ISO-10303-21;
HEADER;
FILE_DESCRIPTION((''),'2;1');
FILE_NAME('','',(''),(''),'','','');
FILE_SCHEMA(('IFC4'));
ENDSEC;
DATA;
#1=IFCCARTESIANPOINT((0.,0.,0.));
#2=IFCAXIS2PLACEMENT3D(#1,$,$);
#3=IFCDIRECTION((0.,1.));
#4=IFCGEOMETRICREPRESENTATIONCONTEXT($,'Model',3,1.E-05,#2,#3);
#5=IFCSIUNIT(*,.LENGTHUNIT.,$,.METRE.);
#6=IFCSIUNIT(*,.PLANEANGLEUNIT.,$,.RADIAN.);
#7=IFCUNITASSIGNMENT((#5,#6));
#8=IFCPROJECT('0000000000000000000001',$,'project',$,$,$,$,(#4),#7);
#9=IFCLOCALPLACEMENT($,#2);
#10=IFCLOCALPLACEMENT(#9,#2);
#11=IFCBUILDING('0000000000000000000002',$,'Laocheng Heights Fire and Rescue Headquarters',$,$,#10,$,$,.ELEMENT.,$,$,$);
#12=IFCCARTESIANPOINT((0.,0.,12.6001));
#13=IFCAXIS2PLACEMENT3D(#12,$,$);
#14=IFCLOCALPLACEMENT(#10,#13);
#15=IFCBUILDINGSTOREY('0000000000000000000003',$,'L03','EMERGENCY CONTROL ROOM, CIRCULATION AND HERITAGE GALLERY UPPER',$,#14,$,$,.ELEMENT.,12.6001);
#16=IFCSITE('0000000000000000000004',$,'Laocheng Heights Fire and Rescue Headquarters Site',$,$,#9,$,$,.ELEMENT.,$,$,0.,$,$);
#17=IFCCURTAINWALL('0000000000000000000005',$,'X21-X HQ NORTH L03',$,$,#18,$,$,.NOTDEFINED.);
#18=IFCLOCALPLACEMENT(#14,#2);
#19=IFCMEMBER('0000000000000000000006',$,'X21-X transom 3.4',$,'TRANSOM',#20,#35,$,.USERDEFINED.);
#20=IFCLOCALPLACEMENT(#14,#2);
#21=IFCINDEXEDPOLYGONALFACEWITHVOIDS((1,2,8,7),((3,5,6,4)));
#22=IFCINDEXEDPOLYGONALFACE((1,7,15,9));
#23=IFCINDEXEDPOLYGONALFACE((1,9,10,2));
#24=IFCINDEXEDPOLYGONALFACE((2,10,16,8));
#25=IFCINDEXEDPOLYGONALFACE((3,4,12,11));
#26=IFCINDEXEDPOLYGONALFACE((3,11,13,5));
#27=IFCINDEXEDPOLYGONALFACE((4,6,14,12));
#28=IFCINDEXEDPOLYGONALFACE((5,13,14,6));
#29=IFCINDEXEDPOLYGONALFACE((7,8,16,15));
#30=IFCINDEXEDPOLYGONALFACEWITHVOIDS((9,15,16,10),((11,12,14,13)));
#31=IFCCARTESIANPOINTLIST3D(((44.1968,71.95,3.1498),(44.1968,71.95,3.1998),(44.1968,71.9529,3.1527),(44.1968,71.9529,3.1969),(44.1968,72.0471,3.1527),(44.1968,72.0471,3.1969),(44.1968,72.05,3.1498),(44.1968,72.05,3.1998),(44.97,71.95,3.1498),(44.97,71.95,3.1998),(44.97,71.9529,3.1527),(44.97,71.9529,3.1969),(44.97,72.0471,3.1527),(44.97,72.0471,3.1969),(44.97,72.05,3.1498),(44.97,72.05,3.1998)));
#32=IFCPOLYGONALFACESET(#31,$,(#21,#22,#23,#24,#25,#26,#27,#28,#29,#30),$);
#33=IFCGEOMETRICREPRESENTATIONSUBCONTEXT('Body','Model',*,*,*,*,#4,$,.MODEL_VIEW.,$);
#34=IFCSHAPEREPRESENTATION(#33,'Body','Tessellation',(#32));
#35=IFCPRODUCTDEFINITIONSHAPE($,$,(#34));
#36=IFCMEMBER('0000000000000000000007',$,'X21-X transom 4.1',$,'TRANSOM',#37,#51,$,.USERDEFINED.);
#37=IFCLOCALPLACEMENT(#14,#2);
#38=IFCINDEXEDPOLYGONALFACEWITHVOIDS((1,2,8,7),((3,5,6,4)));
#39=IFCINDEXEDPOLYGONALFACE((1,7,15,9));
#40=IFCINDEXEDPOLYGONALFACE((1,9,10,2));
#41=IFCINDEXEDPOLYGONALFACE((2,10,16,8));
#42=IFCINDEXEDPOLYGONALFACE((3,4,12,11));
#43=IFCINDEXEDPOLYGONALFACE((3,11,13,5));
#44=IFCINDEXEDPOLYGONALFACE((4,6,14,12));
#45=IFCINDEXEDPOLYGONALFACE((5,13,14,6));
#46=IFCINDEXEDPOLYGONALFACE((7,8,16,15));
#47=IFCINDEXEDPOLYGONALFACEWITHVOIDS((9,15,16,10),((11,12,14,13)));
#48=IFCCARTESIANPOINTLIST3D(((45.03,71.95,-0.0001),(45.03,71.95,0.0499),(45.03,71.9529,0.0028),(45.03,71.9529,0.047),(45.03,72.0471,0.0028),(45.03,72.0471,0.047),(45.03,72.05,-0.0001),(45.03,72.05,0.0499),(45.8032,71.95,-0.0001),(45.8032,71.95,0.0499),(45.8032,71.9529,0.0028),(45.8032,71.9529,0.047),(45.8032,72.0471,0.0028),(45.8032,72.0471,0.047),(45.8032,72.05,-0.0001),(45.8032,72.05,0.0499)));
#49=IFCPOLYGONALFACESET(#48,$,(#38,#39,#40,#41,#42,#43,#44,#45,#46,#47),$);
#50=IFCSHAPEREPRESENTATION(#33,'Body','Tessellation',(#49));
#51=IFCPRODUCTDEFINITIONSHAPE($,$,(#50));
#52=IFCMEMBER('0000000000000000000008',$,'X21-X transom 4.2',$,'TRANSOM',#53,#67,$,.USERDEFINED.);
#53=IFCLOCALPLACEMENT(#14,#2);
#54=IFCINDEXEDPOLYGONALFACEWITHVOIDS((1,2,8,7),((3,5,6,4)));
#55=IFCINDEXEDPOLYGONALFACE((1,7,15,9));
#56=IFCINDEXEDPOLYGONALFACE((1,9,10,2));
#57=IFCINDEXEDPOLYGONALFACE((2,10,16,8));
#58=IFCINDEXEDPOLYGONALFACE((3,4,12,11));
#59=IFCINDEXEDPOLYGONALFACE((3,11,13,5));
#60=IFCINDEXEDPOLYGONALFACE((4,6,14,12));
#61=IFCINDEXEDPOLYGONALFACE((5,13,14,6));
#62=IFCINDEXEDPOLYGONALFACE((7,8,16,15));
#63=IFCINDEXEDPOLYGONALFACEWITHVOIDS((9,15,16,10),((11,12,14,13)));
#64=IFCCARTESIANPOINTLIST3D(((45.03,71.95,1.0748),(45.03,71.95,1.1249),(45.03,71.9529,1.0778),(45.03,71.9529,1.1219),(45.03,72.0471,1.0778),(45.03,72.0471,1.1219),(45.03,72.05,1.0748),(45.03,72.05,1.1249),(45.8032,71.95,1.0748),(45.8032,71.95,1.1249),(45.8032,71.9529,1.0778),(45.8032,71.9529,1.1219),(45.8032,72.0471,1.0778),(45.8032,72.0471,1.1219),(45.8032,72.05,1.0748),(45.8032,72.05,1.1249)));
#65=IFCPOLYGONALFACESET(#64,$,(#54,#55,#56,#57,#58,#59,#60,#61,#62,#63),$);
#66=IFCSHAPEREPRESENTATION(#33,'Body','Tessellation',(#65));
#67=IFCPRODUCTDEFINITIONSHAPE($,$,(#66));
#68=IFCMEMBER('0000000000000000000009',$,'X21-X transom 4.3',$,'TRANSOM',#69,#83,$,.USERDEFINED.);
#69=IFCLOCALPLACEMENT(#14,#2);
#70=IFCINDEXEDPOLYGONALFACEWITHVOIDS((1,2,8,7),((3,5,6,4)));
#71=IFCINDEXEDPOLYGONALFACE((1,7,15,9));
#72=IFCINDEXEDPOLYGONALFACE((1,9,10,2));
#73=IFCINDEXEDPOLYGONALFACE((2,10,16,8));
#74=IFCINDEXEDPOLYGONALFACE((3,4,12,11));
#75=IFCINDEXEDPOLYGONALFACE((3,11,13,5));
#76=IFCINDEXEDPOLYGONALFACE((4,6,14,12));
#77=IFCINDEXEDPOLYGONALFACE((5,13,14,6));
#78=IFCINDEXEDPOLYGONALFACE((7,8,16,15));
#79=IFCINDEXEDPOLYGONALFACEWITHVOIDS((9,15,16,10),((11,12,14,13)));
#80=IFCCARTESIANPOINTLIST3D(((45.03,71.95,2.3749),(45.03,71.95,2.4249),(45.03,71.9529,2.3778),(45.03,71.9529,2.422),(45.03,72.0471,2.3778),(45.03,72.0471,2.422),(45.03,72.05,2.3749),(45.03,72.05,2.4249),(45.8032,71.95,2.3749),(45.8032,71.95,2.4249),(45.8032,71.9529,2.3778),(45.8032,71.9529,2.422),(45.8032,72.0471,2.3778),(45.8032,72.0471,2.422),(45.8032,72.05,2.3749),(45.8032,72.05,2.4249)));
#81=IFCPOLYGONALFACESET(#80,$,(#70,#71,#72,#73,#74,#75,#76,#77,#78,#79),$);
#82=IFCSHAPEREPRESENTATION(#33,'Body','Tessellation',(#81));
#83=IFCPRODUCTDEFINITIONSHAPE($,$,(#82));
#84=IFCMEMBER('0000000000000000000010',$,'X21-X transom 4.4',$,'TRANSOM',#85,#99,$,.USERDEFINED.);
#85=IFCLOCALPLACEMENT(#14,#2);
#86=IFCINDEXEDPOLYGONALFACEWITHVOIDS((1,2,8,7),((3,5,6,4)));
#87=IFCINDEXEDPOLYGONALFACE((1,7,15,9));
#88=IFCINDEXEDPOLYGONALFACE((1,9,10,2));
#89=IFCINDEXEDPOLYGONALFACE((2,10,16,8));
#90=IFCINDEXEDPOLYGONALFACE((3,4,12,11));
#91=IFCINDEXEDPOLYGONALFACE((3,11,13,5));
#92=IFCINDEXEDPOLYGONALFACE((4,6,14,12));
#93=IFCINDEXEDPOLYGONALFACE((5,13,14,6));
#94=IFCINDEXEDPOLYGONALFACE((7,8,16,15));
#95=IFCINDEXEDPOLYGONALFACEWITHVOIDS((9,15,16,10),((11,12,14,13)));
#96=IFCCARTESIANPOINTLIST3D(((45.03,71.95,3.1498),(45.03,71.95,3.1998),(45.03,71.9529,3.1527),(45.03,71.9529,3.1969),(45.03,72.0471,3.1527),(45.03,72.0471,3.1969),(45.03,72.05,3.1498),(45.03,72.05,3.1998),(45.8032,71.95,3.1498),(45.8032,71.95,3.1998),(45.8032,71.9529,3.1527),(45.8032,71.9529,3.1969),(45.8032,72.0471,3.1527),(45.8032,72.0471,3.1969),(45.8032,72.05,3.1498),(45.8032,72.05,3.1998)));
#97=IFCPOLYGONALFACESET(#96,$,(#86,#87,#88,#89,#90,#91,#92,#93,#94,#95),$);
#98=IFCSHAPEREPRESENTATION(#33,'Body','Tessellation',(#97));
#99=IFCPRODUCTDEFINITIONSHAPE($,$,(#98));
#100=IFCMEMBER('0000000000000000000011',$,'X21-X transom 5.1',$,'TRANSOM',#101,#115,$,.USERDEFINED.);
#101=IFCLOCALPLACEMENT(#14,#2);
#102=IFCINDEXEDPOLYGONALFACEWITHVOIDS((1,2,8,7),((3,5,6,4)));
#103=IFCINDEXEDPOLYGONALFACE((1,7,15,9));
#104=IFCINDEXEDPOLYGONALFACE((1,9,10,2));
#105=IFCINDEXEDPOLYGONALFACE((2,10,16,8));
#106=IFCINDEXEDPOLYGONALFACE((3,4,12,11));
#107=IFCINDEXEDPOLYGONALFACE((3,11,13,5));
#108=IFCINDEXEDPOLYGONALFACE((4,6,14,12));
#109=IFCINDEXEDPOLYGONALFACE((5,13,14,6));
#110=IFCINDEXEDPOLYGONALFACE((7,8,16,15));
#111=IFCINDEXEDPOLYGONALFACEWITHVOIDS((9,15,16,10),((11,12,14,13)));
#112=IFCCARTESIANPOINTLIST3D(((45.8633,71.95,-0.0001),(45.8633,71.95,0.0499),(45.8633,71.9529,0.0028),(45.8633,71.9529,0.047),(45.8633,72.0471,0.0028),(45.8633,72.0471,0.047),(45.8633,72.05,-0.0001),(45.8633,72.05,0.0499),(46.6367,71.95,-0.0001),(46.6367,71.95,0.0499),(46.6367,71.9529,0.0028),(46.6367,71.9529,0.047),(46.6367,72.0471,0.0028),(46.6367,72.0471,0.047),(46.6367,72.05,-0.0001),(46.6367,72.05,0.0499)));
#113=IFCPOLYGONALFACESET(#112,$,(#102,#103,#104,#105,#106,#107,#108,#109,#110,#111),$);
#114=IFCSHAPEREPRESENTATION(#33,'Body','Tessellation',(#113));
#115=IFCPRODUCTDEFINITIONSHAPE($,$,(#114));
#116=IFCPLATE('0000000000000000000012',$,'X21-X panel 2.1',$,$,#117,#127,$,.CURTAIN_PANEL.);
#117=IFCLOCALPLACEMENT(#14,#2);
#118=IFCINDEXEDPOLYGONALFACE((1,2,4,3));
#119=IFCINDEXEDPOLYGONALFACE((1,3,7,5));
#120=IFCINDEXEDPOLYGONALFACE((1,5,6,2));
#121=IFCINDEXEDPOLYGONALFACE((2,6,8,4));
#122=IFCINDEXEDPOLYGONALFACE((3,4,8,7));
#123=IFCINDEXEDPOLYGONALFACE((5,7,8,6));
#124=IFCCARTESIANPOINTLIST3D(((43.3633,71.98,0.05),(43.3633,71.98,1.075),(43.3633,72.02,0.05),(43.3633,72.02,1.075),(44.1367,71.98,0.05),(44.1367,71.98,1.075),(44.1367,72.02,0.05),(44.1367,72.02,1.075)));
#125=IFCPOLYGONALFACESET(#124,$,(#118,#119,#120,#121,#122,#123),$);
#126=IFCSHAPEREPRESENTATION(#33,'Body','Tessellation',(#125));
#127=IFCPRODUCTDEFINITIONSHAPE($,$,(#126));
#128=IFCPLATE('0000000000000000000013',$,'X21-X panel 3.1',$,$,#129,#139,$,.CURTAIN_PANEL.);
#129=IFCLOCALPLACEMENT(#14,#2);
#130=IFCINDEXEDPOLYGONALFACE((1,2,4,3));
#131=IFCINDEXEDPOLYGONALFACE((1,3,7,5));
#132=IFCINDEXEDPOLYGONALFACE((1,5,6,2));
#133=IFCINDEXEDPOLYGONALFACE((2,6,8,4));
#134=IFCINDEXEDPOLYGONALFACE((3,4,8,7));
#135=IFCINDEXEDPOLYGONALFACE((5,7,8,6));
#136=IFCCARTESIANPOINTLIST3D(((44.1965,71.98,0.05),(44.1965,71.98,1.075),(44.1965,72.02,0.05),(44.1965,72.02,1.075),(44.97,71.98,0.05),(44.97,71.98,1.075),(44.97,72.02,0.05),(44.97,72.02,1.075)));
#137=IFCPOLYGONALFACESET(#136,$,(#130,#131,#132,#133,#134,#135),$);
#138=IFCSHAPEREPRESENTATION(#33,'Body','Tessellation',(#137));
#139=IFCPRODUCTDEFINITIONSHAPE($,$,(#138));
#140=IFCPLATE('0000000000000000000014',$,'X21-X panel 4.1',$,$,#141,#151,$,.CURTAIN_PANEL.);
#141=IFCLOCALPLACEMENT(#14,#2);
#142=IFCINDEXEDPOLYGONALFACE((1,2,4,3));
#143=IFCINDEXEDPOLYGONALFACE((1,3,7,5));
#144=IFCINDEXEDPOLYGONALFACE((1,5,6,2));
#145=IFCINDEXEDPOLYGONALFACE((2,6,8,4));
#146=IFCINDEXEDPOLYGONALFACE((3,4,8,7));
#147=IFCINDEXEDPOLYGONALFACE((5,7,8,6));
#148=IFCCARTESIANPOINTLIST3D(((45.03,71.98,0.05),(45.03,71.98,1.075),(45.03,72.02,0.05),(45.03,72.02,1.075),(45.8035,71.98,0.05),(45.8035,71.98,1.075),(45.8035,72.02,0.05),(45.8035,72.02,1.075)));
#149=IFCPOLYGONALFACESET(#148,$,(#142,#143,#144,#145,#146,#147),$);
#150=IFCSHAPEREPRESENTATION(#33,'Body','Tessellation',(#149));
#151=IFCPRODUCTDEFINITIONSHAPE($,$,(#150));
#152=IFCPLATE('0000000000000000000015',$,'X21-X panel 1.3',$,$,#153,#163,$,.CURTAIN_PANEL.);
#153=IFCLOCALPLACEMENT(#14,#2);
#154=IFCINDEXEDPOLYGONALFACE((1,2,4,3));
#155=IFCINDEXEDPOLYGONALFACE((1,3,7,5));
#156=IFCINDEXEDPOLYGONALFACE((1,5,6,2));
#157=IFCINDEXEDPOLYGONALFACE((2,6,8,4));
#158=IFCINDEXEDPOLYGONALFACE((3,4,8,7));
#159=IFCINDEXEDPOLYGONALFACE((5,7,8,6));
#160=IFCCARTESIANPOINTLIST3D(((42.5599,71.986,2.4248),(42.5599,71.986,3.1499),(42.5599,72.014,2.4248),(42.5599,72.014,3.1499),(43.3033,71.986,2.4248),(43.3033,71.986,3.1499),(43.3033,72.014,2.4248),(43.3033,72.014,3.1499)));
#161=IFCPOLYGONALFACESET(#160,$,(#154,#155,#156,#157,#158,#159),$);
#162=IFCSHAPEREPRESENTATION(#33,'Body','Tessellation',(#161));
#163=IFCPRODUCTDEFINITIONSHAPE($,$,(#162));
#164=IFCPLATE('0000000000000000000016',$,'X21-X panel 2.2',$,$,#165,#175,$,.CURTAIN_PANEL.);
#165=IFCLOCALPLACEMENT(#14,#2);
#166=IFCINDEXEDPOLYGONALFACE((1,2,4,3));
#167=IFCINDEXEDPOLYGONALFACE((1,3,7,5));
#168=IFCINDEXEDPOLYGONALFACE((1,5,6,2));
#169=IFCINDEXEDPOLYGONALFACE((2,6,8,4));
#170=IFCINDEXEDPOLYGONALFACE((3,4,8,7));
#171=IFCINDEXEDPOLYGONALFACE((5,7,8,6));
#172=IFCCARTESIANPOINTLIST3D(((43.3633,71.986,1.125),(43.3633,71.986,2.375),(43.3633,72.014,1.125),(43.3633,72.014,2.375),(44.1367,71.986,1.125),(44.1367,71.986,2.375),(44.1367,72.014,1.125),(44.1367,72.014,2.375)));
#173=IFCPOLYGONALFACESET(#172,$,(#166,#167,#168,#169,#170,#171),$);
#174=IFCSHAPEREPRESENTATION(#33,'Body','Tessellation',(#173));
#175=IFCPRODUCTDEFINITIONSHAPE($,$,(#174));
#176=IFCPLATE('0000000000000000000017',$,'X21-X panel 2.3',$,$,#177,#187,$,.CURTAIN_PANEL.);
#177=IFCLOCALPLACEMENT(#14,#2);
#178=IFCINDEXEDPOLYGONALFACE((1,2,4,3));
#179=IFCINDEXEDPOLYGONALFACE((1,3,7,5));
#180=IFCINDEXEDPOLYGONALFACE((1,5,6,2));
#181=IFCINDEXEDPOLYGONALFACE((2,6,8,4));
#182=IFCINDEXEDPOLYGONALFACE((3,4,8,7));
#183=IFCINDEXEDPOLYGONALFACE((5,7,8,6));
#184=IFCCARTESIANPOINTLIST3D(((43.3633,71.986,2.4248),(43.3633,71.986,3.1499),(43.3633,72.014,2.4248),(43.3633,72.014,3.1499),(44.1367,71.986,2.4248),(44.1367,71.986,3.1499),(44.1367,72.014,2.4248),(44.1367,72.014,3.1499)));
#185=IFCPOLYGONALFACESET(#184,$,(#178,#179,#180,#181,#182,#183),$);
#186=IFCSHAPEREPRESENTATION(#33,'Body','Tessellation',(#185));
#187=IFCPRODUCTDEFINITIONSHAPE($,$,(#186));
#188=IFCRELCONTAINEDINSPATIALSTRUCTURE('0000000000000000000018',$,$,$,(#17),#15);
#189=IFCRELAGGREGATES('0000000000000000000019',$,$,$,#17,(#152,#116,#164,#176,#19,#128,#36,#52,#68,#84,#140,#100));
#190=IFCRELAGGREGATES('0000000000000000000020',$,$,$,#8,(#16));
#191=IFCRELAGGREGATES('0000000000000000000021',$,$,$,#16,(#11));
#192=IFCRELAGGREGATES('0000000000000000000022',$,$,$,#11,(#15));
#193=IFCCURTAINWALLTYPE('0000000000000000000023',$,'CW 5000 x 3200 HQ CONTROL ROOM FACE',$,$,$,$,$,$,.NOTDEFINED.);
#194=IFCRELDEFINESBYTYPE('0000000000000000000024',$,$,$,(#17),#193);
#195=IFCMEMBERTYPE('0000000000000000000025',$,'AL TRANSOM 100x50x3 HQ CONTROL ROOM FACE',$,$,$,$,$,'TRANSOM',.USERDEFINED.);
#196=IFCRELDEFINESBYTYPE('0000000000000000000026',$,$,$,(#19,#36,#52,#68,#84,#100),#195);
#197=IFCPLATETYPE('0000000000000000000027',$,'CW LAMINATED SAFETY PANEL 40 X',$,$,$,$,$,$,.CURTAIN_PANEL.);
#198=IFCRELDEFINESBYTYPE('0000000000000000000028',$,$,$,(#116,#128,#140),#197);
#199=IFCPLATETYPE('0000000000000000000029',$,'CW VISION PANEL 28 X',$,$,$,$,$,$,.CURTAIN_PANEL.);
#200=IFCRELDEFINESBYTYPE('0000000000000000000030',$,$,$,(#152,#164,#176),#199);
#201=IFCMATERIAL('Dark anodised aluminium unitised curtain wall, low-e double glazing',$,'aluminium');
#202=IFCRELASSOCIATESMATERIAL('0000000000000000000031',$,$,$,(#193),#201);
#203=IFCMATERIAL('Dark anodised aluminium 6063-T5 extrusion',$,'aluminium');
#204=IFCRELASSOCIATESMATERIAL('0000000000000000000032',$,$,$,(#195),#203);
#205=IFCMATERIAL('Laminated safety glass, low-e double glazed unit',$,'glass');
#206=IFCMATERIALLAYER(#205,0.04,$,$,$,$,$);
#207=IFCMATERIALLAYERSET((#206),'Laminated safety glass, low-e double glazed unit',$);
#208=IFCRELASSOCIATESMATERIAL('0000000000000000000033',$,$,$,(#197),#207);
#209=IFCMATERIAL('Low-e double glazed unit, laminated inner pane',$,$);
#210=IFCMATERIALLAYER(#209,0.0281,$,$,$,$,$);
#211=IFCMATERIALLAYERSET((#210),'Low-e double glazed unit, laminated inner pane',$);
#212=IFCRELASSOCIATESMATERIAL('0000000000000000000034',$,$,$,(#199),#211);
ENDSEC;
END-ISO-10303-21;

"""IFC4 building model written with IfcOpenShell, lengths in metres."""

from ifc_helpers import new_model, si_unit, direction, frame, origin, origin_2d, place, context, subcontext, project, spatial, rectangle, hollow_rectangle, extrude, material, layer, layer_set, material_profile, profile_set, type_object, element, aggregate, save


model = new_model("IFC4")

# Units and contexts
model_context = context("Model", 3, precision=1e-05, world=origin(), true_north=direction((0.0, 1.0)))
body_context = subcontext(model_context, "Body", "Model", "MODEL_VIEW")
ifc_project = project(units=[si_unit("LENGTHUNIT", "METRE"), si_unit("PLANEANGLEUNIT", "RADIAN")], contexts=[model_context])

# Site, building, storey
site_placement = place(None, origin())
site = spatial("IfcSite", under=ifc_project, at=site_placement, Name="Laocheng Heights Fire and Rescue Headquarters Site", CompositionType="ELEMENT", RefElevation=0.0)
building_placement = place(site_placement, origin())
building = spatial("IfcBuilding", under=site, at=building_placement, Name="Laocheng Heights Fire and Rescue Headquarters", CompositionType="ELEMENT")
storey_placement = place(building_placement, frame((0.0, 0.0, 12.6001)))
storey = spatial("IfcBuildingStorey", under=building, at=storey_placement, Name="L03", Description="EMERGENCY CONTROL ROOM, CIRCULATION AND HERITAGE GALLERY UPPER", CompositionType="ELEMENT", Elevation=12.6001)

# Curtain wall, members, plates
ifc_material_1 = material(Name="Dark anodised aluminium unitised curtain wall, low-e double glazing", Category="aluminium")
curtain_wall_type = type_object("IfcCurtainWallType", Name="CW 5000 x 3200 HQ CONTROL ROOM FACE", PredefinedType="NOTDEFINED", material=ifc_material_1)
curtain_wall_placement = place(storey_placement, origin())
curtain_wall = element("IfcCurtainWall", 1, at=curtain_wall_placement, inside=storey, type_object=curtain_wall_type, Name="X21-X HQ NORTH L03", PredefinedType="NOTDEFINED")
ifc_material_2 = material(Name="Dark anodised aluminium 6063-T5 extrusion", Category="aluminium")
ifc_material_profile_1 = material_profile(ifc_material_2, hollow_rectangle(XDim=0.1001, YDim=0.05, WallThickness=0.0029, at=origin_2d()), Name="AL TRANSOM 100x50x3 HQ CONTROL ROOM FACE")
ifc_profile_set_1 = profile_set([ifc_material_profile_1], Name="Dark anodised aluminium 6063-T5 extrusion")
member_type_1 = type_object("IfcMemberType", Name="AL TRANSOM 100x50x3 HQ CONTROL ROOM FACE", ElementType="TRANSOM", PredefinedType="USERDEFINED", material=ifc_profile_set_1)
member_1_placement = place(storey_placement, frame((44.1968, 72.0, 3.1748), z_axis=(1.0, 0.0, 0.0), x_axis=(0.0, 1.0, 0.0)))
member_1 = element("IfcMember", 2, at=member_1_placement, type_object=member_type_1, Name="X21-X transom 3.4", ObjectType="TRANSOM", PredefinedType="USERDEFINED", context=body_context, shape_type="SweptSolid", body=[
    extrude(hollow_rectangle(XDim=0.1001, YDim=0.05, WallThickness=0.0029, at=origin_2d()), origin(), (0.0, 0.0, 1.0), 0.7732),
])
member_2_placement = place(storey_placement, frame((45.03, 72.0, 0.0249), z_axis=(1.0, 0.0, 0.0), x_axis=(0.0, 1.0, 0.0)))
member_2 = element("IfcMember", 3, at=member_2_placement, type_object=member_type_1, Name="X21-X transom 4.1", ObjectType="TRANSOM", PredefinedType="USERDEFINED", context=body_context, shape_type="SweptSolid", body=[
    extrude(hollow_rectangle(XDim=0.1001, YDim=0.05, WallThickness=0.0029, at=origin_2d()), origin(), (0.0, 0.0, 1.0), 0.7732),
])
member_3_placement = place(storey_placement, frame((45.03, 72.0, 1.0999), z_axis=(1.0, 0.0, 0.0), x_axis=(0.0, 1.0, 0.0)))
member_3 = element("IfcMember", 4, at=member_3_placement, type_object=member_type_1, Name="X21-X transom 4.2", ObjectType="TRANSOM", PredefinedType="USERDEFINED", context=body_context, shape_type="SweptSolid", body=[
    extrude(hollow_rectangle(XDim=0.1001, YDim=0.05, WallThickness=0.0029, at=origin_2d()), origin(), (0.0, 0.0, 1.0), 0.7732),
])
member_4_placement = place(storey_placement, frame((45.03, 72.0, 2.3999), z_axis=(1.0, 0.0, 0.0), x_axis=(0.0, 1.0, 0.0)))
member_4 = element("IfcMember", 5, at=member_4_placement, type_object=member_type_1, Name="X21-X transom 4.3", ObjectType="TRANSOM", PredefinedType="USERDEFINED", context=body_context, shape_type="SweptSolid", body=[
    extrude(hollow_rectangle(XDim=0.1001, YDim=0.05, WallThickness=0.0029, at=origin_2d()), origin(), (0.0, 0.0, 1.0), 0.7732),
])
member_5_placement = place(storey_placement, frame((45.03, 72.0, 3.1748), z_axis=(1.0, 0.0, 0.0), x_axis=(0.0, 1.0, 0.0)))
member_5 = element("IfcMember", 6, at=member_5_placement, type_object=member_type_1, Name="X21-X transom 4.4", ObjectType="TRANSOM", PredefinedType="USERDEFINED", context=body_context, shape_type="SweptSolid", body=[
    extrude(hollow_rectangle(XDim=0.1001, YDim=0.05, WallThickness=0.0029, at=origin_2d()), origin(), (0.0, 0.0, 1.0), 0.7732),
])
member_6_placement = place(storey_placement, frame((45.8633, 72.0, 0.0249), z_axis=(1.0, 0.0, 0.0), x_axis=(0.0, 1.0, 0.0)))
member_6 = element("IfcMember", 7, at=member_6_placement, type_object=member_type_1, Name="X21-X transom 5.1", ObjectType="TRANSOM", PredefinedType="USERDEFINED", context=body_context, shape_type="SweptSolid", body=[
    extrude(hollow_rectangle(XDim=0.1001, YDim=0.05, WallThickness=0.0029, at=origin_2d()), origin(), (0.0, 0.0, 1.0), 0.7734),
])
ifc_material_3 = material(Name="Laminated safety glass, low-e double glazed unit", Category="glass")
ifc_layer_1 = layer(ifc_material_3, 0.04)
ifc_layer_set_1 = layer_set([ifc_layer_1], Name="Laminated safety glass, low-e double glazed unit")
plate_type_1 = type_object("IfcPlateType", Name="CW LAMINATED SAFETY PANEL 40 X", PredefinedType="CURTAIN_PANEL", material=ifc_layer_set_1)
plate_1_placement = place(storey_placement, frame((43.75, 72.0, 0.05), z_axis=(0.0, 0.0, 1.0), x_axis=(1.0, 0.0, 0.0)))
plate_1 = element("IfcPlate", 8, at=plate_1_placement, type_object=plate_type_1, Name="X21-X panel 2.1", PredefinedType="CURTAIN_PANEL", context=body_context, shape_type="SweptSolid", body=[
    extrude(rectangle(XDim=0.7734, YDim=0.04, at=origin_2d()), origin(), (0.0, 0.0, 1.0), 1.0249),
])
plate_2_placement = place(storey_placement, frame((44.5833, 72.0, 0.05), z_axis=(0.0, 0.0, 1.0), x_axis=(1.0, 0.0, 0.0)))
plate_2 = element("IfcPlate", 9, at=plate_2_placement, type_object=plate_type_1, Name="X21-X panel 3.1", PredefinedType="CURTAIN_PANEL", context=body_context, shape_type="SweptSolid", body=[
    extrude(rectangle(XDim=0.7734, YDim=0.04, at=origin_2d()), origin(), (0.0, 0.0, 1.0), 1.0249),
])
plate_3_placement = place(storey_placement, frame((45.4167, 72.0, 0.05), z_axis=(0.0, 0.0, 1.0), x_axis=(1.0, 0.0, 0.0)))
plate_3 = element("IfcPlate", 10, at=plate_3_placement, type_object=plate_type_1, Name="X21-X panel 4.1", PredefinedType="CURTAIN_PANEL", context=body_context, shape_type="SweptSolid", body=[
    extrude(rectangle(XDim=0.7734, YDim=0.04, at=origin_2d()), origin(), (0.0, 0.0, 1.0), 1.0249),
])
ifc_material_4 = material(Name="Low-e double glazed unit, laminated inner pane")
ifc_layer_2 = layer(ifc_material_4, 0.0281)
ifc_layer_set_2 = layer_set([ifc_layer_2], Name="Low-e double glazed unit, laminated inner pane")
plate_type_2 = type_object("IfcPlateType", Name="CW VISION PANEL 28 X", PredefinedType="CURTAIN_PANEL", material=ifc_layer_set_2)
plate_4_placement = place(storey_placement, frame((42.9316, 72.0, 2.4248), z_axis=(0.0, 0.0, 1.0), x_axis=(1.0, 0.0, 0.0)))
plate_4 = element("IfcPlate", 11, at=plate_4_placement, type_object=plate_type_2, Name="X21-X panel 1.3", PredefinedType="CURTAIN_PANEL", context=body_context, shape_type="SweptSolid", body=[
    extrude(rectangle(XDim=0.7434, YDim=0.0281, at=origin_2d()), origin(), (0.0, 0.0, 1.0), 0.7251),
])
plate_5_placement = place(storey_placement, frame((43.75, 72.0, 1.125), z_axis=(0.0, 0.0, 1.0), x_axis=(1.0, 0.0, 0.0)))
plate_5 = element("IfcPlate", 12, at=plate_5_placement, type_object=plate_type_2, Name="X21-X panel 2.2", PredefinedType="CURTAIN_PANEL", context=body_context, shape_type="SweptSolid", body=[
    extrude(rectangle(XDim=0.7734, YDim=0.0281, at=origin_2d()), origin(), (0.0, 0.0, 1.0), 1.25),
])
plate_6_placement = place(storey_placement, frame((43.75, 72.0, 2.4248), z_axis=(0.0, 0.0, 1.0), x_axis=(1.0, 0.0, 0.0)))
plate_6 = element("IfcPlate", 13, at=plate_6_placement, type_object=plate_type_2, Name="X21-X panel 2.3", PredefinedType="CURTAIN_PANEL", context=body_context, shape_type="SweptSolid", body=[
    extrude(rectangle(XDim=0.7734, YDim=0.0281, at=origin_2d()), origin(), (0.0, 0.0, 1.0), 0.7251),
])
aggregate(curtain_wall, [plate_4, plate_1, plate_5, plate_6, member_1, plate_2, member_2, member_3, member_4, member_5, plate_3, member_6])

save(model, "model.ifc")
